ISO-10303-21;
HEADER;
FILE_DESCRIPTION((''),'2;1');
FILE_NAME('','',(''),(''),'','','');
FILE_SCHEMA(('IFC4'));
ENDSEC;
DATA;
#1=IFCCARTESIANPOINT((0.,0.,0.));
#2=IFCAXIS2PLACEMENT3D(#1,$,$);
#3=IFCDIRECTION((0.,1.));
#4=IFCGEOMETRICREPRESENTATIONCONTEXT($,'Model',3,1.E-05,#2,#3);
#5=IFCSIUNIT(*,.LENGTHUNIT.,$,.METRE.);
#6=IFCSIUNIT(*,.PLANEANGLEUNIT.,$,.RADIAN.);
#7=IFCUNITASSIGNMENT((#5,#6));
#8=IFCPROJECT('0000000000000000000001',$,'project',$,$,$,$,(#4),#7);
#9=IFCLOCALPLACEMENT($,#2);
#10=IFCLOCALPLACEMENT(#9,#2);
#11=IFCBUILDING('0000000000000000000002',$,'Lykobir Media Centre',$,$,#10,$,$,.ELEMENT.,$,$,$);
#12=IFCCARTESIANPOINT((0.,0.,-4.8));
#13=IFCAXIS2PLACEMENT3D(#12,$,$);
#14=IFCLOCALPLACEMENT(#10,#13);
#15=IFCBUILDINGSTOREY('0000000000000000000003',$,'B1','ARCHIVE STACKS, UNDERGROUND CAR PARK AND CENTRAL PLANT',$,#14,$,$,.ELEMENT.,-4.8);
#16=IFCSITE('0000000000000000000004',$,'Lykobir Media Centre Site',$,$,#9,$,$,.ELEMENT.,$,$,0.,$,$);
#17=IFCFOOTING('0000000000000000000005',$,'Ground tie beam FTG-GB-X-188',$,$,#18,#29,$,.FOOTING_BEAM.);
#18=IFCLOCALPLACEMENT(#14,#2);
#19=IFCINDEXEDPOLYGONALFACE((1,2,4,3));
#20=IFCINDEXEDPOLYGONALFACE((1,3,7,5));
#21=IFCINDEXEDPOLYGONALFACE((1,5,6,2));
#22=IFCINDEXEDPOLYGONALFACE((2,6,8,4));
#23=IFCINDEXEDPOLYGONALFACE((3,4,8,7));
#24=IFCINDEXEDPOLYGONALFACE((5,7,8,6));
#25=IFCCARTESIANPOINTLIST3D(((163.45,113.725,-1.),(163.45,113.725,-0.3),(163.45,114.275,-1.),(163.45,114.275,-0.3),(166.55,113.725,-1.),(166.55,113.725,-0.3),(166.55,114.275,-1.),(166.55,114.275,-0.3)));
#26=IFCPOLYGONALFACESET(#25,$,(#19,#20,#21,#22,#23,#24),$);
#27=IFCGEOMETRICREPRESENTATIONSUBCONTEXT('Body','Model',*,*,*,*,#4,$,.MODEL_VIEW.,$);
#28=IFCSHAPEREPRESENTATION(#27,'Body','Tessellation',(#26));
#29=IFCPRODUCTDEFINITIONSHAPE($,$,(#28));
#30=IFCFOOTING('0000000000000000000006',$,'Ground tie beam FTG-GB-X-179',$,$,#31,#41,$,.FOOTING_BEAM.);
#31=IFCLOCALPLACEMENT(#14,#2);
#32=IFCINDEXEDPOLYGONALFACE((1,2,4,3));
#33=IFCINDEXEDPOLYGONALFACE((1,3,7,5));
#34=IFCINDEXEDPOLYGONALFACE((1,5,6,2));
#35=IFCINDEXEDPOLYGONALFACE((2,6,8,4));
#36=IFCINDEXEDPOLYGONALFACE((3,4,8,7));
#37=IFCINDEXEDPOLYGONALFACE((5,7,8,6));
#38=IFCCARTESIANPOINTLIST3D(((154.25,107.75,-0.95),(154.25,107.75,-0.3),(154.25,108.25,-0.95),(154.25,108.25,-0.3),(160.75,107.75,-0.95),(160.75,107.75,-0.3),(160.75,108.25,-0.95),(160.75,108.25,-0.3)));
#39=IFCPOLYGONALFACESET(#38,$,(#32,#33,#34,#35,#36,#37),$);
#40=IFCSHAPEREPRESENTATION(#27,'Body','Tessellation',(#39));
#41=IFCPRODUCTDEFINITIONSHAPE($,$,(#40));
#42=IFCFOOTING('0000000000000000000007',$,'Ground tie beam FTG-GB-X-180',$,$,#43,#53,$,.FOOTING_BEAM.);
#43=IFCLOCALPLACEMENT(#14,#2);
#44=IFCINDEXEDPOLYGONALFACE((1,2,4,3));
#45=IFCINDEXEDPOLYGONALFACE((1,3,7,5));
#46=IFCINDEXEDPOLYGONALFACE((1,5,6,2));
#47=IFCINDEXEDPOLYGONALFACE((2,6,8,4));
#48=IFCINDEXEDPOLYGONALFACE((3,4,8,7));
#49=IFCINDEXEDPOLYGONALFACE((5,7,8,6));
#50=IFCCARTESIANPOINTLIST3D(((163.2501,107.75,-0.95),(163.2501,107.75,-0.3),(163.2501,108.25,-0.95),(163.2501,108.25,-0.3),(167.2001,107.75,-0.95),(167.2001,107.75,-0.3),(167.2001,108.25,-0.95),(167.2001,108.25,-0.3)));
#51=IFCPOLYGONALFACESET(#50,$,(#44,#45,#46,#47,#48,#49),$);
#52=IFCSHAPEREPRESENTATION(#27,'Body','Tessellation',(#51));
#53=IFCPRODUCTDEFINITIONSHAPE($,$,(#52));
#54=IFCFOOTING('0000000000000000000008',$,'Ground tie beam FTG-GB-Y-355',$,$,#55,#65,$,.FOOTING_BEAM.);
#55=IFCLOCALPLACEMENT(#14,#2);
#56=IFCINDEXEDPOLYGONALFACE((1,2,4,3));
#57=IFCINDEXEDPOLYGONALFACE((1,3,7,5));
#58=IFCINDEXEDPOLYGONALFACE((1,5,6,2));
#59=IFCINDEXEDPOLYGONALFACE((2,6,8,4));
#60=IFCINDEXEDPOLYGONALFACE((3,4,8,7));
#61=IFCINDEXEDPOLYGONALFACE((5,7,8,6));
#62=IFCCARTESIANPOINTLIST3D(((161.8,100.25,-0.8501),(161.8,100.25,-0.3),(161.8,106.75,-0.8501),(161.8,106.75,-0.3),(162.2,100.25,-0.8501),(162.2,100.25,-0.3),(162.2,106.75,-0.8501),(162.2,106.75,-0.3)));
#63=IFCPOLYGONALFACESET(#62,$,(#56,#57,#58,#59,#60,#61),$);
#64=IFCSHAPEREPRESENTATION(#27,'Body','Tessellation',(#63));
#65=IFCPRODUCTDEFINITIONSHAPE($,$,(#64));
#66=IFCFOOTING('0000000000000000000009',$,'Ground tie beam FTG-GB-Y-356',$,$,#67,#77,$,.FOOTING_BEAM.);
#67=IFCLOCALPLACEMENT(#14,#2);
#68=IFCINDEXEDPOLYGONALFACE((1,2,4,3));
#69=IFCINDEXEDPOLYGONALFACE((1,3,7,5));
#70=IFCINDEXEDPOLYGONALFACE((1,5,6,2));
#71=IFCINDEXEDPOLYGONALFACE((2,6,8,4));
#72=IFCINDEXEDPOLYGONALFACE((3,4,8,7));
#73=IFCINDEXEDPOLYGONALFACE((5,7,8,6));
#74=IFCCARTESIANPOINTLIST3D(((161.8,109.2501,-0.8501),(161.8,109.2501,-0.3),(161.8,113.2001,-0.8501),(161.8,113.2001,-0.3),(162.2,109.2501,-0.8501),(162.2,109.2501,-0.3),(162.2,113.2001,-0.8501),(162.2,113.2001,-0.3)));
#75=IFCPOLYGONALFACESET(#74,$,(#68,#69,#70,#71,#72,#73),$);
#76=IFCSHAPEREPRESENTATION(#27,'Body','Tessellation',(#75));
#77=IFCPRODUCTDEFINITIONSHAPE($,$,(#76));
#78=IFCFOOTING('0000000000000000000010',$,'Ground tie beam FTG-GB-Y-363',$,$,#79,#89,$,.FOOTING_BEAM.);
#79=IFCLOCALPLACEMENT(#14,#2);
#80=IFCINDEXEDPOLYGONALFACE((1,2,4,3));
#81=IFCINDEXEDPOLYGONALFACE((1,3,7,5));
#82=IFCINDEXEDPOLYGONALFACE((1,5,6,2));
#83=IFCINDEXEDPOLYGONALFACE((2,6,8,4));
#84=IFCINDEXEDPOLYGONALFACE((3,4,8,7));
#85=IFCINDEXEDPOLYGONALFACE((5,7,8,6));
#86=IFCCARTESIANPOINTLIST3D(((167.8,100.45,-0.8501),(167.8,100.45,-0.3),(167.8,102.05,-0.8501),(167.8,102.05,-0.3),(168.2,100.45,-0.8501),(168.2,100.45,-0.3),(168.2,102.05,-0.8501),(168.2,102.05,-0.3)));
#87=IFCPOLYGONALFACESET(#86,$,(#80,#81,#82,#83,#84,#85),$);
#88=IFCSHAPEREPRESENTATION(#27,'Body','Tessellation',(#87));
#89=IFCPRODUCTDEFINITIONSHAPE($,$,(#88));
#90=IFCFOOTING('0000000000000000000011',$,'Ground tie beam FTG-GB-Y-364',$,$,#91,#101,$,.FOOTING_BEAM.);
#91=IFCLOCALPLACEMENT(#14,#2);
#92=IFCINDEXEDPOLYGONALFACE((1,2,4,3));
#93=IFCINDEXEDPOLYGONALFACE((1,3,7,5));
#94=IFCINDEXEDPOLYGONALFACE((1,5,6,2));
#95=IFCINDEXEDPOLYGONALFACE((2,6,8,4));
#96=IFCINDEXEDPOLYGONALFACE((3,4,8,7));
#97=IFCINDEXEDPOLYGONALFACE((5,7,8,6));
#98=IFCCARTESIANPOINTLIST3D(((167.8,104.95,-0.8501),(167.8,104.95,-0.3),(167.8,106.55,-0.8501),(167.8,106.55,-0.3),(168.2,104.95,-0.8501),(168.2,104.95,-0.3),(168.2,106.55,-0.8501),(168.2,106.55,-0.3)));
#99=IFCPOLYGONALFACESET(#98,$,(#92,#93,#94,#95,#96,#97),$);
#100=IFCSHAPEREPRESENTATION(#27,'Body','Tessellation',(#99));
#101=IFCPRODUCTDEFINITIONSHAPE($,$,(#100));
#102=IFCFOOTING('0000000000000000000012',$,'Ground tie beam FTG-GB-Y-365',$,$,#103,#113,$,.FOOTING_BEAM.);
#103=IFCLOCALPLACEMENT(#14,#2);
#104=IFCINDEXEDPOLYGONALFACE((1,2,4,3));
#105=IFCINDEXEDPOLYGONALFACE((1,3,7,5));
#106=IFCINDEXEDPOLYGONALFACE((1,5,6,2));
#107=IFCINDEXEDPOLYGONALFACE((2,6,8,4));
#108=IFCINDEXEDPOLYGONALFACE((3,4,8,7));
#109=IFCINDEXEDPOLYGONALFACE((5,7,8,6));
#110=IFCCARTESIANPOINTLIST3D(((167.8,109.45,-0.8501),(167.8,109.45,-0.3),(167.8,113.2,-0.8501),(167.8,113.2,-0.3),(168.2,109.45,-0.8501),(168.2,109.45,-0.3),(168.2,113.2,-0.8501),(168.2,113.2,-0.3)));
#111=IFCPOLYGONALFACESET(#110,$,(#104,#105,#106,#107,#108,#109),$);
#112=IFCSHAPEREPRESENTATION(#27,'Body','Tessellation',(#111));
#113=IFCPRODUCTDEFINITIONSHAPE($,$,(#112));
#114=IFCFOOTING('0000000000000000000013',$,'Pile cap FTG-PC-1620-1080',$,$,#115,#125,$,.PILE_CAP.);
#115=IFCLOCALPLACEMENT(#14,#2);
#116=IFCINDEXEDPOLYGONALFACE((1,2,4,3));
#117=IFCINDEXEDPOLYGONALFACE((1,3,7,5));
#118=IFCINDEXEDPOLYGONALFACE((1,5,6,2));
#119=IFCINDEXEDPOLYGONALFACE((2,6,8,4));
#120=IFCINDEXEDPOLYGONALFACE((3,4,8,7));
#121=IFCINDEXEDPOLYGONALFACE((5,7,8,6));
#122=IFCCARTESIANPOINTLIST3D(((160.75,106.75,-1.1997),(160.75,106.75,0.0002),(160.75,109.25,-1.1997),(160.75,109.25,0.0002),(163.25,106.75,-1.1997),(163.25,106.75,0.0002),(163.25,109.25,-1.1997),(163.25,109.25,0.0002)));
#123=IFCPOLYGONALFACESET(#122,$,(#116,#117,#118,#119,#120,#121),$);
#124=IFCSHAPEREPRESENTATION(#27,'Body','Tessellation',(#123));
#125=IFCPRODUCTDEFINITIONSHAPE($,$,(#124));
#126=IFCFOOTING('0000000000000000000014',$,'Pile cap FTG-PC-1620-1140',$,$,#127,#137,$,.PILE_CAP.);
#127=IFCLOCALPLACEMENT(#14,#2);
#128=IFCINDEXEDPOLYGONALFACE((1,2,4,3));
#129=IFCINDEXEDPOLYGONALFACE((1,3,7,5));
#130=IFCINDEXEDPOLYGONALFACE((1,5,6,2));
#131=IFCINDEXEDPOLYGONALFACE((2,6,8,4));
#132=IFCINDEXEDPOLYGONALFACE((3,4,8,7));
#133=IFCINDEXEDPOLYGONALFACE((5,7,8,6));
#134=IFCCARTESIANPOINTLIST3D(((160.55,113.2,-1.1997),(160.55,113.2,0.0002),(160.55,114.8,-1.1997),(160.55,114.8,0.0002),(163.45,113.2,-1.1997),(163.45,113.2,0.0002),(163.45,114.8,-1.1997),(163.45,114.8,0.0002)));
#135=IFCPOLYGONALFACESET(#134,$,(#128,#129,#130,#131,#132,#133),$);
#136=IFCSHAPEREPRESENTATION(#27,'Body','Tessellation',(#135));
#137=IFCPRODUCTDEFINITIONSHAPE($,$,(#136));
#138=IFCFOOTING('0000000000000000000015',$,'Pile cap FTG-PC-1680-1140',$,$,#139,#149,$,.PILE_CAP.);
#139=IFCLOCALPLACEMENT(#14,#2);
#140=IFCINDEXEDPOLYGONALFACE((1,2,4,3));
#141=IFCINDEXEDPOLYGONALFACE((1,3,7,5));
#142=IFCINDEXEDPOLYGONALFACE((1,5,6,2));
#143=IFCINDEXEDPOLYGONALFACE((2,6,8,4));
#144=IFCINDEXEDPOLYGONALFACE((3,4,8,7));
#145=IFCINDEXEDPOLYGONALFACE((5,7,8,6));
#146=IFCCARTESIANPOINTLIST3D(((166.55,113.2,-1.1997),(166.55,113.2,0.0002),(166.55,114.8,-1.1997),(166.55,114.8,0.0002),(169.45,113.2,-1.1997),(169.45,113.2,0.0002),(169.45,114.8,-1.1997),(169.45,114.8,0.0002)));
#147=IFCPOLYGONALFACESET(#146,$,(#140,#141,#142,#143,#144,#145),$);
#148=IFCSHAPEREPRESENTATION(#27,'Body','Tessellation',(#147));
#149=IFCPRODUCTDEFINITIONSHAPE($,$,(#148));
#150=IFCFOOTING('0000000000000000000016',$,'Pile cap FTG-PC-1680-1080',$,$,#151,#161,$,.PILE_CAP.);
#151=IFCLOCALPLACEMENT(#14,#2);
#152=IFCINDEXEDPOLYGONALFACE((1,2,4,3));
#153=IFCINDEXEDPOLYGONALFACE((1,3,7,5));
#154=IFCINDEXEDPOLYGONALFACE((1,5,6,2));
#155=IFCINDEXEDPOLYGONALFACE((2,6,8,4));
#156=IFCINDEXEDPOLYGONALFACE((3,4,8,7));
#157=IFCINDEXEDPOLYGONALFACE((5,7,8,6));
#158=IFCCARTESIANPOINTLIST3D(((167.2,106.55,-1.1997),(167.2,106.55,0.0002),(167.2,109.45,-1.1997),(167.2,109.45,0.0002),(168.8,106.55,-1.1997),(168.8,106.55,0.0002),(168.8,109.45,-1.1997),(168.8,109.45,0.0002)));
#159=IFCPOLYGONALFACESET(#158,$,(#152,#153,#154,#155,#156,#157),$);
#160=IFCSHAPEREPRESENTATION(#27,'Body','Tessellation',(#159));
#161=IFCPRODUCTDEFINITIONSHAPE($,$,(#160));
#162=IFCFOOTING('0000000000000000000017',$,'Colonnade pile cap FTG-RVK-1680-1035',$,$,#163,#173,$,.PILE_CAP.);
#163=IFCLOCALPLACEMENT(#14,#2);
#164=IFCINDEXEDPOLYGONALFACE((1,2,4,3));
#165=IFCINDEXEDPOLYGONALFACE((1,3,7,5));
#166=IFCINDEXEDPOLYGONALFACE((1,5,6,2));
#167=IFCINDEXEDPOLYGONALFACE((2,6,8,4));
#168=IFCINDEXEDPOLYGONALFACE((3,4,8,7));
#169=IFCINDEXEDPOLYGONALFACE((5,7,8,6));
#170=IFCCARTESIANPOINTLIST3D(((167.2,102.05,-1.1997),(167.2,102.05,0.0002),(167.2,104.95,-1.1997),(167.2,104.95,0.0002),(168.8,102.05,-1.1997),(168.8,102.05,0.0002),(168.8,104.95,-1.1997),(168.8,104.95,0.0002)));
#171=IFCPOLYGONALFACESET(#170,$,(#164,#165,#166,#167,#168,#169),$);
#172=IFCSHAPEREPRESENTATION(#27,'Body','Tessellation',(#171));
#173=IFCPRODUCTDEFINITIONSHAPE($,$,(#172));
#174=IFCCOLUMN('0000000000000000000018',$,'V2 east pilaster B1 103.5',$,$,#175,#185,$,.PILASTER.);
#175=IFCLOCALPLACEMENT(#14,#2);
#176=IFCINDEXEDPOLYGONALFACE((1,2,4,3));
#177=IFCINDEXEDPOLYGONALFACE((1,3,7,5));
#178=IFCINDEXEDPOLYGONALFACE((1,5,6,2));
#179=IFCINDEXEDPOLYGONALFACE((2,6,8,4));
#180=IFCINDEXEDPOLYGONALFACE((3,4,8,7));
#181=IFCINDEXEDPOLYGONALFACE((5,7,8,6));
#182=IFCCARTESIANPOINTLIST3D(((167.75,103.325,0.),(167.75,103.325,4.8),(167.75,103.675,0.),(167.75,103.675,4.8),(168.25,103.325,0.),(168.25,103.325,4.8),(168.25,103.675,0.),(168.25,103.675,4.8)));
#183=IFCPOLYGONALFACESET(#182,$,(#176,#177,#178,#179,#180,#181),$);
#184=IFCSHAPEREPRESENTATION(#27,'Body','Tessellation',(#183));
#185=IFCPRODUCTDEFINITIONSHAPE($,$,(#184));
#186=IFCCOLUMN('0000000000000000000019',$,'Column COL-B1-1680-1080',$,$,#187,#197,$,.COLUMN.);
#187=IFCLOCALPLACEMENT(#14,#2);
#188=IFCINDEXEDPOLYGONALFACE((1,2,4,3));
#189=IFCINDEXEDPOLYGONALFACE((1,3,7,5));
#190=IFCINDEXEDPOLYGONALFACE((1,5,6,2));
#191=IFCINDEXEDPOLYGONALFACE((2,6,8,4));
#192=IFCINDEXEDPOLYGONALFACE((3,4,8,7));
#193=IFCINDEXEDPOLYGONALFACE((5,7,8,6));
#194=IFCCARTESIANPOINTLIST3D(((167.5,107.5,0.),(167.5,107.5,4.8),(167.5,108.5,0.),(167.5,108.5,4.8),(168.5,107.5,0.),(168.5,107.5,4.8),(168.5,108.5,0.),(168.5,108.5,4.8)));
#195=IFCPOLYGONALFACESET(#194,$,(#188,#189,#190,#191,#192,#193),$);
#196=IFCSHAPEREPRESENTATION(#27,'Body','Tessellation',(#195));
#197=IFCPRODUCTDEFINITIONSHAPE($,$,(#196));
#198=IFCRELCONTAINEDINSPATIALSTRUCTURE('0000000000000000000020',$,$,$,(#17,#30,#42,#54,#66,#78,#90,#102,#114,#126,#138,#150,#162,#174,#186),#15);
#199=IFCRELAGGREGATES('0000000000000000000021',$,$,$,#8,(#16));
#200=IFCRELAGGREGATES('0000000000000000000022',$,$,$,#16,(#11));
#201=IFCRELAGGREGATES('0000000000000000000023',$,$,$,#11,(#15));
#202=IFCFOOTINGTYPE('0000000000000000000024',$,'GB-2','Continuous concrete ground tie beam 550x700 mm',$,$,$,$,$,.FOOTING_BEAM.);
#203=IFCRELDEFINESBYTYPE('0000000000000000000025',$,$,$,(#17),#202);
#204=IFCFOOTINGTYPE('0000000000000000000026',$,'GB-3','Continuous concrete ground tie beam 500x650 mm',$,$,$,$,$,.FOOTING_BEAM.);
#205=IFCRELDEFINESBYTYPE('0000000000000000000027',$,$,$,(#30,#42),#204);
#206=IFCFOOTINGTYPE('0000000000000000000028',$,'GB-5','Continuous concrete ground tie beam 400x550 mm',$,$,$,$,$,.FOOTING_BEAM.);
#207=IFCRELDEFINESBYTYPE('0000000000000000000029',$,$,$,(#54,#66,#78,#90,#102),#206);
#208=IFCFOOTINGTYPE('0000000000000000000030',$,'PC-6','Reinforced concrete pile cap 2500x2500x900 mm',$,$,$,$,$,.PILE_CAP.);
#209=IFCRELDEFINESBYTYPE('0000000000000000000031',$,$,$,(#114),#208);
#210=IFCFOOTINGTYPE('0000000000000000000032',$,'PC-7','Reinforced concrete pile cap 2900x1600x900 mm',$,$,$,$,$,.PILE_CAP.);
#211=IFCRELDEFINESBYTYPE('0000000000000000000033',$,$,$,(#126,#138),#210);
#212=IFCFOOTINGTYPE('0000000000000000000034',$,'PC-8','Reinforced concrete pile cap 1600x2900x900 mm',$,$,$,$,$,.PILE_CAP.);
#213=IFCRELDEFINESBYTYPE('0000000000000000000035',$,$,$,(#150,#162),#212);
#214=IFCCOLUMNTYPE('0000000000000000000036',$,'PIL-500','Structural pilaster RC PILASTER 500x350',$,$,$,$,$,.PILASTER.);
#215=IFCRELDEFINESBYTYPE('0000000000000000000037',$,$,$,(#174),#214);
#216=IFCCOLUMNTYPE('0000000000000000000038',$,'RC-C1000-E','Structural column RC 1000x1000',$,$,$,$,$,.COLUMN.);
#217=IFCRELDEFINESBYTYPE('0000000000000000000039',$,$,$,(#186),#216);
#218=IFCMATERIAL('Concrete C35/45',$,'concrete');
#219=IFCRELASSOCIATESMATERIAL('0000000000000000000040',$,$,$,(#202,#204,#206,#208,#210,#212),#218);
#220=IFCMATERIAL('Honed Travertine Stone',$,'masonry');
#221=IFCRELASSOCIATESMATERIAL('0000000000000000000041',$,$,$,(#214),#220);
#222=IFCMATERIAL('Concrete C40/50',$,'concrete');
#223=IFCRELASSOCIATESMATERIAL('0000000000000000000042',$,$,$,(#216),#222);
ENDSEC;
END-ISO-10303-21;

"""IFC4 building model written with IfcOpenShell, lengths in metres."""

from ifc_helpers import new_model, si_unit, direction, frame, origin, origin_2d, place, context, subcontext, project, spatial, rectangle, extrude, material, material_profile, profile_set, type_object, element, save


model = new_model("IFC4")

# Units and contexts
model_context = context("Model", 3, precision=1e-05, world=origin(), true_north=direction((0.0, 1.0)))
body_context = subcontext(model_context, "Body", "Model", "MODEL_VIEW")
ifc_project = project(units=[si_unit("LENGTHUNIT", "METRE"), si_unit("PLANEANGLEUNIT", "RADIAN")], contexts=[model_context])

# Site, building, storey
site_placement = place(None, origin())
site = spatial("IfcSite", under=ifc_project, at=site_placement, Name="Lykobir Media Centre Site", CompositionType="ELEMENT", RefElevation=0.0)
building_placement = place(site_placement, origin())
building = spatial("IfcBuilding", under=site, at=building_placement, Name="Lykobir Media Centre", CompositionType="ELEMENT")
storey_placement = place(building_placement, frame((0.0, 0.0, -4.8)))
storey = spatial("IfcBuildingStorey", under=building, at=storey_placement, Name="B1", Description="ARCHIVE STACKS, UNDERGROUND CAR PARK AND CENTRAL PLANT", CompositionType="ELEMENT", Elevation=-4.8)

# Footings
ifc_material_1 = material(Name="Concrete C35/45", Category="concrete")
footing_type_1 = type_object("IfcFootingType", Name="GB-2", Description="Continuous concrete ground tie beam 550x700 mm", PredefinedType="FOOTING_BEAM", material=ifc_material_1)
footing_1_placement = place(storey_placement, frame((165.0, 114.0, -1.0), z_axis=(0.0, 0.0, 1.0), x_axis=(1.0, 0.0, 0.0)))
element("IfcFooting", 1, at=footing_1_placement, inside=storey, type_object=footing_type_1, Name="Ground tie beam FTG-GB-X-188", PredefinedType="FOOTING_BEAM", context=body_context, shape_type="SweptSolid", body=[
    extrude(rectangle(XDim=3.1001, YDim=0.55, at=origin_2d()), origin(), (0.0, 0.0, 1.0), 0.7),
])
footing_type_2 = type_object("IfcFootingType", Name="GB-3", Description="Continuous concrete ground tie beam 500x650 mm", PredefinedType="FOOTING_BEAM", material=ifc_material_1)
footing_2_placement = place(storey_placement, frame((157.5, 108.0, -0.95), z_axis=(0.0, 0.0, 1.0), x_axis=(1.0, 0.0, 0.0)))
element("IfcFooting", 2, at=footing_2_placement, inside=storey, type_object=footing_type_2, Name="Ground tie beam FTG-GB-X-179", PredefinedType="FOOTING_BEAM", context=body_context, shape_type="SweptSolid", body=[
    extrude(rectangle(XDim=6.5, YDim=0.5, at=origin_2d()), origin(), (0.0, 0.0, 1.0), 0.6499),
])
footing_3_placement = place(storey_placement, frame((165.2251, 108.0, -0.95), z_axis=(0.0, 0.0, 1.0), x_axis=(1.0, 0.0, 0.0)))
element("IfcFooting", 3, at=footing_3_placement, inside=storey, type_object=footing_type_2, Name="Ground tie beam FTG-GB-X-180", PredefinedType="FOOTING_BEAM", context=body_context, shape_type="SweptSolid", body=[
    extrude(rectangle(XDim=3.95, YDim=0.5, at=origin_2d()), origin(), (0.0, 0.0, 1.0), 0.6499),
])
footing_type_3 = type_object("IfcFootingType", Name="GB-5", Description="Continuous concrete ground tie beam 400x550 mm", PredefinedType="FOOTING_BEAM", material=ifc_material_1)
footing_4_placement = place(storey_placement, frame((162.0, 103.5, -0.8501), z_axis=(0.0, 0.0, 1.0), x_axis=(0.0, 1.0, 0.0)))
element("IfcFooting", 4, at=footing_4_placement, inside=storey, type_object=footing_type_3, Name="Ground tie beam FTG-GB-Y-355", PredefinedType="FOOTING_BEAM", context=body_context, shape_type="SweptSolid", body=[
    extrude(rectangle(XDim=6.5, YDim=0.3999, at=origin_2d()), origin(), (0.0, 0.0, 1.0), 0.55),
])
footing_5_placement = place(storey_placement, frame((162.0, 111.2251, -0.8501), z_axis=(0.0, 0.0, 1.0), x_axis=(0.0, 1.0, 0.0)))
element("IfcFooting", 5, at=footing_5_placement, inside=storey, type_object=footing_type_3, Name="Ground tie beam FTG-GB-Y-356", PredefinedType="FOOTING_BEAM", context=body_context, shape_type="SweptSolid", body=[
    extrude(rectangle(XDim=3.95, YDim=0.3999, at=origin_2d()), origin(), (0.0, 0.0, 1.0), 0.55),
])
for number, where, z_axis, x_axis, name in (
    (6, (168.0, 101.25, -0.8501), (0.0, 0.0, 1.0), (0.0, 1.0, 0.0), "Ground tie beam FTG-GB-Y-363"),
    (7, (168.0, 105.75, -0.8501), (0.0, 0.0, 1.0), (0.0, 1.0, 0.0), "Ground tie beam FTG-GB-Y-364"),
):
    element("IfcFooting", number, at=place(storey_placement, frame(where, z_axis=z_axis, x_axis=x_axis)), inside=storey, type_object=footing_type_3, Name=name, PredefinedType="FOOTING_BEAM", context=body_context, shape_type="SweptSolid", body=[
        extrude(rectangle(XDim=1.6001, YDim=0.3999, at=origin_2d()), origin(), (0.0, 0.0, 1.0), 0.55),
    ])
footing_6_placement = place(storey_placement, frame((168.0, 111.325, -0.8501), z_axis=(0.0, 0.0, 1.0), x_axis=(0.0, 1.0, 0.0)))
element("IfcFooting", 8, at=footing_6_placement, inside=storey, type_object=footing_type_3, Name="Ground tie beam FTG-GB-Y-365", PredefinedType="FOOTING_BEAM", context=body_context, shape_type="SweptSolid", body=[
    extrude(rectangle(XDim=3.75, YDim=0.3999, at=origin_2d()), origin(), (0.0, 0.0, 1.0), 0.55),
])
footing_type_4 = type_object("IfcFootingType", Name="PC-6", Description="Reinforced concrete pile cap 2500x2500x900 mm", PredefinedType="PILE_CAP", material=ifc_material_1)
footing_7_placement = place(storey_placement, frame((162.0, 108.0, -1.1997), z_axis=(0.0, 0.0, 1.0), x_axis=(1.0, 0.0, 0.0)))
element("IfcFooting", 9, at=footing_7_placement, inside=storey, type_object=footing_type_4, Name="Pile cap FTG-PC-1620-1080", PredefinedType="PILE_CAP", context=body_context, shape_type="SweptSolid", body=[
    extrude(rectangle(XDim=2.5, YDim=2.5, at=origin_2d()), origin(), (0.0, 0.0, 1.0), 1.2),
])
footing_type_5 = type_object("IfcFootingType", Name="PC-7", Description="Reinforced concrete pile cap 2900x1600x900 mm", PredefinedType="PILE_CAP", material=ifc_material_1)
for number, where, z_axis, x_axis, name in (
    (10, (162.0, 114.0, -1.1997), (0.0, 0.0, 1.0), (1.0, 0.0, 0.0), "Pile cap FTG-PC-1620-1140"),
    (11, (168.0, 114.0, -1.1997), (0.0, 0.0, 1.0), (1.0, 0.0, 0.0), "Pile cap FTG-PC-1680-1140"),
):
    element("IfcFooting", number, at=place(storey_placement, frame(where, z_axis=z_axis, x_axis=x_axis)), inside=storey, type_object=footing_type_5, Name=name, PredefinedType="PILE_CAP", context=body_context, shape_type="SweptSolid", body=[
        extrude(rectangle(XDim=2.8999, YDim=1.6001, at=origin_2d()), origin(), (0.0, 0.0, 1.0), 1.2),
    ])
footing_type_6 = type_object("IfcFootingType", Name="PC-8", Description="Reinforced concrete pile cap 1600x2900x900 mm", PredefinedType="PILE_CAP", material=ifc_material_1)
for number, where, z_axis, x_axis, name in (
    (12, (168.0, 108.0, -1.1997), (0.0, 0.0, 1.0), (1.0, 0.0, 0.0), "Pile cap FTG-PC-1680-1080"),
    (13, (168.0, 103.5, -1.1997), (0.0, 0.0, 1.0), (1.0, 0.0, 0.0), "Colonnade pile cap FTG-RVK-1680-1035"),
):
    element("IfcFooting", number, at=place(storey_placement, frame(where, z_axis=z_axis, x_axis=x_axis)), inside=storey, type_object=footing_type_6, Name=name, PredefinedType="PILE_CAP", context=body_context, shape_type="SweptSolid", body=[
        extrude(rectangle(XDim=1.6001, YDim=2.8999, at=origin_2d()), origin(), (0.0, 0.0, 1.0), 1.2),
    ])

# Columns
ifc_material_2 = material(Name="Honed Travertine Stone", Category="masonry")
ifc_material_profile_1 = material_profile(ifc_material_2, rectangle(XDim=0.3501, YDim=0.5, at=origin_2d()), Name="RC PILASTER 500x350")
ifc_profile_set_1 = profile_set([ifc_material_profile_1], Name="Honed Travertine Stone")
column_type_1 = type_object("IfcColumnType", Name="PIL-500", Description="Structural pilaster RC PILASTER 500x350", PredefinedType="PILASTER", material=ifc_profile_set_1)
column_1_placement = place(storey_placement, frame((168.0, 103.5, 0.0), z_axis=(0.0, 0.0, 1.0), x_axis=(0.0, 1.0, 0.0)))
element("IfcColumn", 14, at=column_1_placement, inside=storey, type_object=column_type_1, Name="V2 east pilaster B1 103.5", PredefinedType="PILASTER", context=body_context, shape_type="SweptSolid", body=[
    extrude(rectangle(XDim=0.3501, YDim=0.5, at=origin_2d()), origin(), (0.0, 0.0, 1.0), 4.8),
])
ifc_material_3 = material(Name="Concrete C40/50", Category="concrete")
ifc_material_profile_2 = material_profile(ifc_material_3, rectangle(XDim=1.0, YDim=1.0, at=origin_2d()), Name="RC 1000x1000")
ifc_profile_set_2 = profile_set([ifc_material_profile_2], Name="Concrete C40/50")
column_type_2 = type_object("IfcColumnType", Name="RC-C1000-E", Description="Structural column RC 1000x1000", PredefinedType="COLUMN", material=ifc_profile_set_2)
for number, where, z_axis, x_axis, name in (
    (15, (168.0, 108.0, 0.0), (0.0, 0.0, 1.0), (1.0, 0.0, 0.0), "Column COL-B1-1680-1080"),
):
    element("IfcColumn", number, at=place(storey_placement, frame(where, z_axis=z_axis, x_axis=x_axis)), inside=storey, type_object=column_type_2, Name=name, PredefinedType="COLUMN", context=body_context, shape_type="SweptSolid", body=[
        extrude(rectangle(XDim=1.0, YDim=1.0, at=origin_2d()), origin(), (0.0, 0.0, 1.0), 4.8),
    ])

save(model, "model.ifc")
